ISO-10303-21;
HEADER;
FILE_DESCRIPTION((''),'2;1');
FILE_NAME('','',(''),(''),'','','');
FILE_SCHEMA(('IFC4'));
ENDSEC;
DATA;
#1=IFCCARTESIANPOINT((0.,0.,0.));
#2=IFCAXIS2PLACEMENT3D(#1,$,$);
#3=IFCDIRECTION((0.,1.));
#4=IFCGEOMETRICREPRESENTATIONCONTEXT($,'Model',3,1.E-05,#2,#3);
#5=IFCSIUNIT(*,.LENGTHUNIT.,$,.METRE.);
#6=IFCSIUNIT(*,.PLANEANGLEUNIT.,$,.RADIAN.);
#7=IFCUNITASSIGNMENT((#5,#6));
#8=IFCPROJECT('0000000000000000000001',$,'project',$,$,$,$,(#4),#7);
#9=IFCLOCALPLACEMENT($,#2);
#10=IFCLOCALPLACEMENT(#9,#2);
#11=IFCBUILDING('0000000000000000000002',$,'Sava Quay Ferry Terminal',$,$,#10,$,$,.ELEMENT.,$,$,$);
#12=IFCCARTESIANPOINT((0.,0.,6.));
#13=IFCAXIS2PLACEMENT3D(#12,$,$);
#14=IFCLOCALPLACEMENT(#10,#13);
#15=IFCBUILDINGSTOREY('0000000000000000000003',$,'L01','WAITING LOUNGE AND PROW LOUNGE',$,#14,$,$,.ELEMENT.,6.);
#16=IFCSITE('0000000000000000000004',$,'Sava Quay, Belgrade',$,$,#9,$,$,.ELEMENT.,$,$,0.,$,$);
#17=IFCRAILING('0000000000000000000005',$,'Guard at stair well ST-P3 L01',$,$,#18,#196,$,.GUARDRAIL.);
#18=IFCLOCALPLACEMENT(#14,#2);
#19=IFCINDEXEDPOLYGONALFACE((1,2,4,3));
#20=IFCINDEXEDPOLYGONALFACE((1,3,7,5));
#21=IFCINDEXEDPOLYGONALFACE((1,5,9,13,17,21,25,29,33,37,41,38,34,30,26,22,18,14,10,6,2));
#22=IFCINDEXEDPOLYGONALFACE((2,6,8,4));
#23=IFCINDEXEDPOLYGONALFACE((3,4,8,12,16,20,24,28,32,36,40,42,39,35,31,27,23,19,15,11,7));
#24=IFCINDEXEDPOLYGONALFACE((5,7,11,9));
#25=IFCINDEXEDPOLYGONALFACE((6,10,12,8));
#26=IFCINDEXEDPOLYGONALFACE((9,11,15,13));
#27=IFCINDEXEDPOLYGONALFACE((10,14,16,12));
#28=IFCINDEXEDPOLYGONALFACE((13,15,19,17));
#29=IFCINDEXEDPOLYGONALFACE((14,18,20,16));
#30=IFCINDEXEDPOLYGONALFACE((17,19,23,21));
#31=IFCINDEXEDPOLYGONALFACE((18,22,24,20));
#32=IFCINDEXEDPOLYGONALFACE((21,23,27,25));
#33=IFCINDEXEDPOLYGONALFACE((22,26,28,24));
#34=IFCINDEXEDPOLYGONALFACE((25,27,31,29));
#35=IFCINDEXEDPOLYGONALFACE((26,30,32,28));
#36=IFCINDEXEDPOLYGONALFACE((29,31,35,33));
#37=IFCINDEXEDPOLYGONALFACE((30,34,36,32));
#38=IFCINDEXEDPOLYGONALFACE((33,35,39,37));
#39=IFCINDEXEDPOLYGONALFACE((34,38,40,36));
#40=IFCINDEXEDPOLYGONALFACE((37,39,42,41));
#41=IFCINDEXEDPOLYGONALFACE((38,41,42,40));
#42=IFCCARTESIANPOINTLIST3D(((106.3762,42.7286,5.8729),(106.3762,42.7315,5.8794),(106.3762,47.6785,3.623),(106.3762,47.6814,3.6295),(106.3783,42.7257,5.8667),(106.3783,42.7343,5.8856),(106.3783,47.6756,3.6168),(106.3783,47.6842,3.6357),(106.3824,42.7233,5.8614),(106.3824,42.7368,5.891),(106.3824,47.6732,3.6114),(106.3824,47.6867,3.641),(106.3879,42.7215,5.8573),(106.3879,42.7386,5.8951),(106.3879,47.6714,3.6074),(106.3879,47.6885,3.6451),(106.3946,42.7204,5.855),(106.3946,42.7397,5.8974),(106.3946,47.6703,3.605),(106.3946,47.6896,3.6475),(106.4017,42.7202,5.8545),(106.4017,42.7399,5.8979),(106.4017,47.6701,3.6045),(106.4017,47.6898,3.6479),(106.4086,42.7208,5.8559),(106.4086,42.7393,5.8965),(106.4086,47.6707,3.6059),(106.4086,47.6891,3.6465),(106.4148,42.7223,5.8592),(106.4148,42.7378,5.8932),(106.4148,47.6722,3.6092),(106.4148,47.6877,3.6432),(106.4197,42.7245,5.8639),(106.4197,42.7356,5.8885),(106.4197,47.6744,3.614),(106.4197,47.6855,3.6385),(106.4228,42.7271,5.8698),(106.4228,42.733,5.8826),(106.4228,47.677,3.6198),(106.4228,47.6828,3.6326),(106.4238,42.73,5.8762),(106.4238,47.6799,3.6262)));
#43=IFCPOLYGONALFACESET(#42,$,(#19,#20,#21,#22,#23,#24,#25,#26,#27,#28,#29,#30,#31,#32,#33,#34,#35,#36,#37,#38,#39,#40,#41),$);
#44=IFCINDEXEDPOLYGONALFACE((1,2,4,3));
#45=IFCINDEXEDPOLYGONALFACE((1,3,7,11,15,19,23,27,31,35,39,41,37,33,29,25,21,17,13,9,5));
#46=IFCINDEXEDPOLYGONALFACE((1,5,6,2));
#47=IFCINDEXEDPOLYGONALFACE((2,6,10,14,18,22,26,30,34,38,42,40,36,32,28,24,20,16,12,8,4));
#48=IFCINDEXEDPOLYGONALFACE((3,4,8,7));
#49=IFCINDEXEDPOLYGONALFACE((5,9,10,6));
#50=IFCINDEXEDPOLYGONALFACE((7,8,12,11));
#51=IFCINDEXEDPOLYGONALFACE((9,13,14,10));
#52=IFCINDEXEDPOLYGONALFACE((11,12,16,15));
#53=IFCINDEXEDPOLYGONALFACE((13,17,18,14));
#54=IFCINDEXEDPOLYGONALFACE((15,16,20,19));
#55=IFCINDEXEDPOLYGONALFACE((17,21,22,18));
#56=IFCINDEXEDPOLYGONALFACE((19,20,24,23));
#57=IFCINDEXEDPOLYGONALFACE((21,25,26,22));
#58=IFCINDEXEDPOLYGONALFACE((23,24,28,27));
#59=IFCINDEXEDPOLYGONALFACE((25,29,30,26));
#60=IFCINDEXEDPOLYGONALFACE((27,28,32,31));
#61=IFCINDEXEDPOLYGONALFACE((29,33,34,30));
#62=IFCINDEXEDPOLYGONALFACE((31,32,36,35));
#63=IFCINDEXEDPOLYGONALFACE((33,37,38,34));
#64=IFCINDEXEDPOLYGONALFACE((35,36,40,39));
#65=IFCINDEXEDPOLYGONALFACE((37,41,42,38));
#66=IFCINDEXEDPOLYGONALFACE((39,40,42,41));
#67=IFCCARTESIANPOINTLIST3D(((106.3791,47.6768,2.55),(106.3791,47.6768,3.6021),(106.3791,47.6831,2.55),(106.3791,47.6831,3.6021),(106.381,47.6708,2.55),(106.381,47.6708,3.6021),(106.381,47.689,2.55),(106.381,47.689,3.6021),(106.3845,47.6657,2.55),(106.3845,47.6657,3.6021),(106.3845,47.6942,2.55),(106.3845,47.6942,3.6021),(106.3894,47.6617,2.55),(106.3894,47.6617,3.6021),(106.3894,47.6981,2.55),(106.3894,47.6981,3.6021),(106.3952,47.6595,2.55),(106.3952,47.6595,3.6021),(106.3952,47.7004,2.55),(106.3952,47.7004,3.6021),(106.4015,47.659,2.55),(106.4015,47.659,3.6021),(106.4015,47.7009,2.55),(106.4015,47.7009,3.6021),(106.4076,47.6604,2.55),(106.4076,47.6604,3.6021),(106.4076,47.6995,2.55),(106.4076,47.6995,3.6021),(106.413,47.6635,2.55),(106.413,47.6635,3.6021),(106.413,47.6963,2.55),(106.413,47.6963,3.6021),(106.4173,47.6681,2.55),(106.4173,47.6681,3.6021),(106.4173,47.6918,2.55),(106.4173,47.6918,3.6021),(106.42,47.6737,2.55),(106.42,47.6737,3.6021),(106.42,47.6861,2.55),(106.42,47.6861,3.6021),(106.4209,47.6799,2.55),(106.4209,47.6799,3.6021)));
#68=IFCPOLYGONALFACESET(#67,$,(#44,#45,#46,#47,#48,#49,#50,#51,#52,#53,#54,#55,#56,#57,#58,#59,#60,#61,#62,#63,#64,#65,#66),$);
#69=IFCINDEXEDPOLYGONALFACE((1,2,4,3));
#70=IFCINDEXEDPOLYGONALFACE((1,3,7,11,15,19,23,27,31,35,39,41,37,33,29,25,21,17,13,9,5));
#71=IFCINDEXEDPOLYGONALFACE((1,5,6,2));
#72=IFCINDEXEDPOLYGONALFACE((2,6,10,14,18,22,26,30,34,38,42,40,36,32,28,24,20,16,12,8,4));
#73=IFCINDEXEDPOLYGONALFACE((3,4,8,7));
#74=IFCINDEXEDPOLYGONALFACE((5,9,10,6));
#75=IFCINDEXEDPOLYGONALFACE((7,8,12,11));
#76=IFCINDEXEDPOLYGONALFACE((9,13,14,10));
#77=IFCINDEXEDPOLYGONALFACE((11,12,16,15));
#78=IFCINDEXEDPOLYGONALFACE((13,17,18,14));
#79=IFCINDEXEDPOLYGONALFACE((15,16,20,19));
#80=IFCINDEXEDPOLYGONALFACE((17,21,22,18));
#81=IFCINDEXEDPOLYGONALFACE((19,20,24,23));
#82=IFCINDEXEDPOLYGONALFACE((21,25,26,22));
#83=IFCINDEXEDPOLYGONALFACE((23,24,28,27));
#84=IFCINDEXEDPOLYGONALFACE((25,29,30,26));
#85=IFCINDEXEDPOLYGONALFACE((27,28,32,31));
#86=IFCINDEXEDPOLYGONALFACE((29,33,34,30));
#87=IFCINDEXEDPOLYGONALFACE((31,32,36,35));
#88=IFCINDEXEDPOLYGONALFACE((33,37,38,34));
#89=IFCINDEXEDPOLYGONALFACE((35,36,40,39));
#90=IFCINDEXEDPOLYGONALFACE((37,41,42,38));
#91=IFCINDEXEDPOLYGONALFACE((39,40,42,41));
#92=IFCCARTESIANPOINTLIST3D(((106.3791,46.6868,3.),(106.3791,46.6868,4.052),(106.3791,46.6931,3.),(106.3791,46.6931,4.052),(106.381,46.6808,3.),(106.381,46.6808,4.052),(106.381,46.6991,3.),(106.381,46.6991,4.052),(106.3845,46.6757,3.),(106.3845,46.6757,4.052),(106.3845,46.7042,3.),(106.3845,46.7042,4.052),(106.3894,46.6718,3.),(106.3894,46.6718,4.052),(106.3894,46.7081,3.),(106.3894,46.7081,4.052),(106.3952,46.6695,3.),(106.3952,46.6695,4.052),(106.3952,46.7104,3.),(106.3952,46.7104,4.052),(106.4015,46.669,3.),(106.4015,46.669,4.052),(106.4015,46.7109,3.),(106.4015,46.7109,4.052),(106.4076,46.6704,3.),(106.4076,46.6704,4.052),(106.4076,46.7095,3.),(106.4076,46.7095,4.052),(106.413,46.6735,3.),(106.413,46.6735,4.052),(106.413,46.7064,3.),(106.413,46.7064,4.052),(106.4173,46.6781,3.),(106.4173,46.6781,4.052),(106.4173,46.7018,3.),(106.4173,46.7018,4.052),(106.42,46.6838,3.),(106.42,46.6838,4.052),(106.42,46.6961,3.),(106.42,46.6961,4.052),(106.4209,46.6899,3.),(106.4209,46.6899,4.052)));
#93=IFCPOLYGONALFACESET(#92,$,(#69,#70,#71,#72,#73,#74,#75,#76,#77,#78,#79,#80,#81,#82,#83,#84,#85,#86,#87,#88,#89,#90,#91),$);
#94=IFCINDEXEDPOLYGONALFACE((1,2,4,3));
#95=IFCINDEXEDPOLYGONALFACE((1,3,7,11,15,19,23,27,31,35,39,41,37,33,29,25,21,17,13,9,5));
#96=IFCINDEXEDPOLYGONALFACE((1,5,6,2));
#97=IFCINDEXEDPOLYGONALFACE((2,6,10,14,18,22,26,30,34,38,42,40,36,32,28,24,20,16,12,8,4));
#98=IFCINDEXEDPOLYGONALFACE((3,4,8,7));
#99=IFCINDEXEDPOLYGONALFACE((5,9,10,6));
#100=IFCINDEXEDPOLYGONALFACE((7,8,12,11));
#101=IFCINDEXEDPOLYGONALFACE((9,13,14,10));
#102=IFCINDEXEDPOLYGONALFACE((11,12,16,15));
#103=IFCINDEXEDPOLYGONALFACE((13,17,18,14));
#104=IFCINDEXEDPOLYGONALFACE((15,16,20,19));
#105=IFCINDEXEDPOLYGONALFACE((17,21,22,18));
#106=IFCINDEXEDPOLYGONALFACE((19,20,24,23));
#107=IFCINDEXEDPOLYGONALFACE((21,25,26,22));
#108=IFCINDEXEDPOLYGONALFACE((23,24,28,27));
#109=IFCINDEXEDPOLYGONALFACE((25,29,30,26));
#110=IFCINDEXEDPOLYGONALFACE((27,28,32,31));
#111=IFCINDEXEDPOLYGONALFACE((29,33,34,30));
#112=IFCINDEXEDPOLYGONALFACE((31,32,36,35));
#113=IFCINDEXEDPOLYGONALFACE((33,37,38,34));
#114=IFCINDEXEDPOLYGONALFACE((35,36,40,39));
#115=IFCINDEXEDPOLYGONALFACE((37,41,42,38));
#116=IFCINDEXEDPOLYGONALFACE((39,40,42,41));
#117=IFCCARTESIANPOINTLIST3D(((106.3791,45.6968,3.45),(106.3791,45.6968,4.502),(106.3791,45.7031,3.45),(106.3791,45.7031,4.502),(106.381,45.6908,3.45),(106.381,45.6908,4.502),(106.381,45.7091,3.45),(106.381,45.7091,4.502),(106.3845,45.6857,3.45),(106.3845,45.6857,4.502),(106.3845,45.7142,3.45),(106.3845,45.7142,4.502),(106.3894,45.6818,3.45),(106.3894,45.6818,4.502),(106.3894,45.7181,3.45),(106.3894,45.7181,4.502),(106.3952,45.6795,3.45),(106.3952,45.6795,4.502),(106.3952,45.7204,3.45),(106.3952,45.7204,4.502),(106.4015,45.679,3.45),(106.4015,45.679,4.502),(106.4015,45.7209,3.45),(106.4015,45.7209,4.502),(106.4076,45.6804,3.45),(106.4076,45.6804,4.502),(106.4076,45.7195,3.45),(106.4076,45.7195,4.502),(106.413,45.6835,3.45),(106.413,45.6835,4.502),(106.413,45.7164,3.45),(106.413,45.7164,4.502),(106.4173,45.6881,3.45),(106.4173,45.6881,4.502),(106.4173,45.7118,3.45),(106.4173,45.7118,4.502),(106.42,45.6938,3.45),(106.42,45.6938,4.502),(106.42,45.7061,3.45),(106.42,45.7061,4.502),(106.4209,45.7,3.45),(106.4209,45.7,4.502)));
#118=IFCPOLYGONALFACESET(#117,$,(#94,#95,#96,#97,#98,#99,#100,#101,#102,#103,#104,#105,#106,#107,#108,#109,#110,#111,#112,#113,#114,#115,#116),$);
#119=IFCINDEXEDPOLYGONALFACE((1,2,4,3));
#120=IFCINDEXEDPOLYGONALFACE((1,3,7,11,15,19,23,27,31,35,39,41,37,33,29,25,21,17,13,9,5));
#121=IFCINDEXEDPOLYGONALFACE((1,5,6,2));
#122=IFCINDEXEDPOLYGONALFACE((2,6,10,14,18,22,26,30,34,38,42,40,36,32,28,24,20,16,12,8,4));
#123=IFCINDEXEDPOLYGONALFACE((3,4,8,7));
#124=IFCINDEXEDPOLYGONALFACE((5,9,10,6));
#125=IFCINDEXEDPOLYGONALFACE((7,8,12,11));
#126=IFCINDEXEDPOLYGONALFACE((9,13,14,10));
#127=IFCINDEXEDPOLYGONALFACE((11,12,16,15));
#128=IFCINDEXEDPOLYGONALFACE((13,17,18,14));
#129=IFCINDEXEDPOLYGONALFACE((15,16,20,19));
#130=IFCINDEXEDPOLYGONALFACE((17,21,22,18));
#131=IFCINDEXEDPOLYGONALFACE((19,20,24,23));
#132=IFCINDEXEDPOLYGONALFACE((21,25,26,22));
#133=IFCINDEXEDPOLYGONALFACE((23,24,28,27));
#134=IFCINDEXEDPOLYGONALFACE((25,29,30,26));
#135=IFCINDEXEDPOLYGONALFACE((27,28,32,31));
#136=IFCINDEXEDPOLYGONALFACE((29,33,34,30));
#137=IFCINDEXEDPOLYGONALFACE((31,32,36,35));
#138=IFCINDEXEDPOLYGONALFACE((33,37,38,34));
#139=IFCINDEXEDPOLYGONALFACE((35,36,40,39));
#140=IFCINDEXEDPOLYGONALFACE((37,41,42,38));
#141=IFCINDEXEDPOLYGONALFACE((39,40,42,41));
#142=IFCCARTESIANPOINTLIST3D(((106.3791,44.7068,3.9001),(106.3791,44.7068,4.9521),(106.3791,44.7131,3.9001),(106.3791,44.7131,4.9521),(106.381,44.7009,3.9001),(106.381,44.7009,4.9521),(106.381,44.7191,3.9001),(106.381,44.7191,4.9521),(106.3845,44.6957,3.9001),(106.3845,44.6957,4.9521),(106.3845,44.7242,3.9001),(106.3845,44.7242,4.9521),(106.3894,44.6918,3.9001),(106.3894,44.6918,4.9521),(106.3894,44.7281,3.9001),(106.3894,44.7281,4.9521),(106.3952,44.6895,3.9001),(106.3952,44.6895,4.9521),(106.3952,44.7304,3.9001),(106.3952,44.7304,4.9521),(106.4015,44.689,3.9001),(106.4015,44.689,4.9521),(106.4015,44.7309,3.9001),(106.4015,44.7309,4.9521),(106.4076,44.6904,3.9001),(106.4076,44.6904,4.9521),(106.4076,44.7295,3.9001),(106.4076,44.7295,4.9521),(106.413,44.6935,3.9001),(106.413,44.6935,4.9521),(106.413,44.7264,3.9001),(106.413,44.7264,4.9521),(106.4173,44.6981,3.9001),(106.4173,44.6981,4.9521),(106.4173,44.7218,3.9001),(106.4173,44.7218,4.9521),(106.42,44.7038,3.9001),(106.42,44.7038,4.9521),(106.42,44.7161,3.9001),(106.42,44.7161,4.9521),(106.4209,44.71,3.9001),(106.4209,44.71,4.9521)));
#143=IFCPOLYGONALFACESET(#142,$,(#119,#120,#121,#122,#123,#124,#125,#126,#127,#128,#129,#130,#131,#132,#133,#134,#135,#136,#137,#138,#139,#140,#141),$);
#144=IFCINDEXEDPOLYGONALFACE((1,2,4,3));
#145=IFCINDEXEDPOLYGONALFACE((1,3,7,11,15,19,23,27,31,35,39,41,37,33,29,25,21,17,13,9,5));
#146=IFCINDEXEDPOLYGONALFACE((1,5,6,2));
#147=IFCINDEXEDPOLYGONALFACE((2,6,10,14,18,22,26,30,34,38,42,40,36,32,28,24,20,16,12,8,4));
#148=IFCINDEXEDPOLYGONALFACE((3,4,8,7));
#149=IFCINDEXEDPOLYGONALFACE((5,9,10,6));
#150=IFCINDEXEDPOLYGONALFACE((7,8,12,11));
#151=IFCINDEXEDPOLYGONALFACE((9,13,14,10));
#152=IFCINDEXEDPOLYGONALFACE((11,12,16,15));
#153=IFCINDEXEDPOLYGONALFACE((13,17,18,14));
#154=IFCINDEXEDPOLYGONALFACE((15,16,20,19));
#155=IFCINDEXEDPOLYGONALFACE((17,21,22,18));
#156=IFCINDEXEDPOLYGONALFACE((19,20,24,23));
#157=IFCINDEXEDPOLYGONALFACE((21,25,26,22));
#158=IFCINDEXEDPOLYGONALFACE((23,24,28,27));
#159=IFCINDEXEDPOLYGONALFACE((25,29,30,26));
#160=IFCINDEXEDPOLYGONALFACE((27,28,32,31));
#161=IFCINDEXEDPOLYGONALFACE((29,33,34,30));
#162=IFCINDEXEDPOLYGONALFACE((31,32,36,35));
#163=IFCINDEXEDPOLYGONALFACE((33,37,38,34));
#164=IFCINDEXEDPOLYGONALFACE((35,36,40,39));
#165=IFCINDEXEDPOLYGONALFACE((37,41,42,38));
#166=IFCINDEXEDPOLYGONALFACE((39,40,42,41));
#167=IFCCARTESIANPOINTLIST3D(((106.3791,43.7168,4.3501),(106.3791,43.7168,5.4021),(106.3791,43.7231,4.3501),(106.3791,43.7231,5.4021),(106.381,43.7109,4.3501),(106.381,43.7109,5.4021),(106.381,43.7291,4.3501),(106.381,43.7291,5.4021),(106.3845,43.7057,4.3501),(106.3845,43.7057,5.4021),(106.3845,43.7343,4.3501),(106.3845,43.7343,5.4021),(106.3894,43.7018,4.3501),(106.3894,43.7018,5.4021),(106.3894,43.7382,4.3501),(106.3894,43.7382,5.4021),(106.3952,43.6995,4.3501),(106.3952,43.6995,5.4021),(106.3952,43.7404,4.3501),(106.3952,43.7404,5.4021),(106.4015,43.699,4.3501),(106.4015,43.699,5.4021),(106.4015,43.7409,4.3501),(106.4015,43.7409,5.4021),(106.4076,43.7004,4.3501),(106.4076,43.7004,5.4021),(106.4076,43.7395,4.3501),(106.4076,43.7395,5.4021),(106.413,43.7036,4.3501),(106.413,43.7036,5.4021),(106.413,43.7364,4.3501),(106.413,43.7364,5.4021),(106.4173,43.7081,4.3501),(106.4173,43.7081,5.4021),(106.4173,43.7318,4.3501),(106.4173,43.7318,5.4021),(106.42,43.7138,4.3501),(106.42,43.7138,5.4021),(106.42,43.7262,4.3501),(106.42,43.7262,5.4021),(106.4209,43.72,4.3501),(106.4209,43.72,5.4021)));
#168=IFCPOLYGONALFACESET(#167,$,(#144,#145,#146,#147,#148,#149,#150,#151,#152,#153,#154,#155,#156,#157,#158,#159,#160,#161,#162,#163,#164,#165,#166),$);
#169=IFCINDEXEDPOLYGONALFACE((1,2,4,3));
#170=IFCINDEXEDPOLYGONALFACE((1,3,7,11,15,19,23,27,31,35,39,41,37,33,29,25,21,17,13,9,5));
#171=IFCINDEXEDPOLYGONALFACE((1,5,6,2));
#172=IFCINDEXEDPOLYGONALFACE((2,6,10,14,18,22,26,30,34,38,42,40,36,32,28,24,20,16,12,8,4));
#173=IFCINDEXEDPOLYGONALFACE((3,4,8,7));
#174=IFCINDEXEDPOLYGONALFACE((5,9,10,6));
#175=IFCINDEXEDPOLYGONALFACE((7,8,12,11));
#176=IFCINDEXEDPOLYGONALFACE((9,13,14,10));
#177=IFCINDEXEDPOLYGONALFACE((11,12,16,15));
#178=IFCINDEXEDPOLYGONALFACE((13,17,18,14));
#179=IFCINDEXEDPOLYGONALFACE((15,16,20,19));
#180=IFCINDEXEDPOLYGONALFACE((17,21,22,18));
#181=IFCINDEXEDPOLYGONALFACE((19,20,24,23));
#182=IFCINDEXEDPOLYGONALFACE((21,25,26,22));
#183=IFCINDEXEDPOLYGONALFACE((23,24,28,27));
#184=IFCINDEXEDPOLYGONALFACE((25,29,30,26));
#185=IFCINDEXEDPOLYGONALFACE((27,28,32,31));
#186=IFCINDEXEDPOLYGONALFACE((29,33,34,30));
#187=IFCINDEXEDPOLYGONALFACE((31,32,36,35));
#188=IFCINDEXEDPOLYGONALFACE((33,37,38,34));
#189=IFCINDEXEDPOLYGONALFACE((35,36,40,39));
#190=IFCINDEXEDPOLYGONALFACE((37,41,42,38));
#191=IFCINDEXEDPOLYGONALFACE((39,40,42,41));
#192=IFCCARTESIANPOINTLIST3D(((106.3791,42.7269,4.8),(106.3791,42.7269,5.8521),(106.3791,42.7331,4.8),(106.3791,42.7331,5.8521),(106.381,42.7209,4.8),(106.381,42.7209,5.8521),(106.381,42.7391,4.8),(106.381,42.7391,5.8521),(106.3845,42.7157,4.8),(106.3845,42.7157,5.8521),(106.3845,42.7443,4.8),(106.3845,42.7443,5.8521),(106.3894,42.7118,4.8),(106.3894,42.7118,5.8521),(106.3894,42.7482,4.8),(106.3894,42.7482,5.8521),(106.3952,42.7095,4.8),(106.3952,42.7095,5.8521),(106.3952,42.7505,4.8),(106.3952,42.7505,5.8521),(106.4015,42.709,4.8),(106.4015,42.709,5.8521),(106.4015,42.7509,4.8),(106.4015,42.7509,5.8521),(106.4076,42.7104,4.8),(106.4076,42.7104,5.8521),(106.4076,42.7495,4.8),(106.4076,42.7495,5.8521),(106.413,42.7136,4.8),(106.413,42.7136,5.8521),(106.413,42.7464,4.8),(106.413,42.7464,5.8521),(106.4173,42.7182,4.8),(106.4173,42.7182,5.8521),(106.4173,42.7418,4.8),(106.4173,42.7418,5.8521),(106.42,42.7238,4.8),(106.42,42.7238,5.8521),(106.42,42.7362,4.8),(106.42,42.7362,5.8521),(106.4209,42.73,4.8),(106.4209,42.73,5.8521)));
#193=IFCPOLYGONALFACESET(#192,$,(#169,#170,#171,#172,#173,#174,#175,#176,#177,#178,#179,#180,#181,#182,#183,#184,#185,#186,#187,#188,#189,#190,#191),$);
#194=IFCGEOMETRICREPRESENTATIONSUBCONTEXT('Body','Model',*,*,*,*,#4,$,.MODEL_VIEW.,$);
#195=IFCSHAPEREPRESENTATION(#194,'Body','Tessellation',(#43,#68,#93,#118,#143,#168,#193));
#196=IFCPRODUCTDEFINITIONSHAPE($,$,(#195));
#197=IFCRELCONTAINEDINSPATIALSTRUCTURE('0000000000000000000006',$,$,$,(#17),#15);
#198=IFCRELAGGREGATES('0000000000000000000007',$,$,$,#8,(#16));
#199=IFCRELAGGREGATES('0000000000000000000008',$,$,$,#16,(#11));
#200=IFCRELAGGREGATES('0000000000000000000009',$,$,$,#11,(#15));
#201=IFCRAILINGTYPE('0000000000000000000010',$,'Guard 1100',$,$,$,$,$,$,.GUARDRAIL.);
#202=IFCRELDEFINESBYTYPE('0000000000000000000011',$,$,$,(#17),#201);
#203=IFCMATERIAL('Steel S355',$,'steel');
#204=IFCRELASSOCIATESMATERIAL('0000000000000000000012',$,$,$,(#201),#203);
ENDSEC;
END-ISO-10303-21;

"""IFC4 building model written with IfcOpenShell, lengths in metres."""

from ifc_helpers import new_model, si_unit, direction, frame, origin, origin_2d, place, context, subcontext, project, spatial, circle, extrude, material, type_object, element, save


model = new_model("IFC4")

# Units and contexts
model_context = context("Model", 3, precision=1e-05, world=origin(), true_north=direction((0.0, 1.0)))
body_context = subcontext(model_context, "Body", "Model", "MODEL_VIEW")
ifc_project = project(units=[si_unit("LENGTHUNIT", "METRE"), si_unit("PLANEANGLEUNIT", "RADIAN")], contexts=[model_context])

# Site, building, storey
site_placement = place(None, origin())
site = spatial("IfcSite", under=ifc_project, at=site_placement, Name="Sava Quay, Belgrade", CompositionType="ELEMENT", RefElevation=0.0)
building_placement = place(site_placement, origin())
building = spatial("IfcBuilding", under=site, at=building_placement, Name="Sava Quay Ferry Terminal", CompositionType="ELEMENT")
storey_placement = place(building_placement, frame((0.0, 0.0, 6.0)))
storey = spatial("IfcBuildingStorey", under=building, at=storey_placement, Name="L01", Description="WAITING LOUNGE AND PROW LOUNGE", CompositionType="ELEMENT", Elevation=6.0)

# Railing
ifc_material_1 = material(Name="Steel S355", Category="steel")
railing_type_1 = type_object("IfcRailingType", Name="Guard 1100", PredefinedType="GUARDRAIL", material=ifc_material_1)
railing_1_placement = place(storey_placement, frame((106.3999, 47.6799, 2.55)))
element("IfcRailing", 1, at=railing_1_placement, inside=storey, type_object=railing_type_1, Name="Guard at stair well ST-P3 L01", PredefinedType="GUARDRAIL", context=body_context, shape_type="SweptSolid", body=[
    extrude(circle(Radius=0.0239, at=origin_2d()), frame((0.0, 0.0, 1.0762), z_axis=(0.0, -0.910365, 0.413806), x_axis=(1.0, 0.0, 0.0)), (0.0, 0.0, 1.0), 5.4373),
    extrude(circle(Radius=0.021, at=origin_2d()), origin(), (0.0, 0.0, 1.0), 1.052),
    extrude(circle(Radius=0.021, at=origin_2d()), frame((0.0, -0.99, 0.45)), (0.0, 0.0, 1.0), 1.052),
    extrude(circle(Radius=0.021, at=origin_2d()), frame((0.0, -1.98, 0.8999)), (0.0, 0.0, 1.0), 1.052),
    extrude(circle(Radius=0.021, at=origin_2d()), frame((0.0, -2.97, 1.3501)), (0.0, 0.0, 1.0), 1.052),
    extrude(circle(Radius=0.021, at=origin_2d()), frame((0.0, -3.96, 1.8)), (0.0, 0.0, 1.0), 1.052),
    extrude(circle(Radius=0.021, at=origin_2d()), frame((0.0, -4.95, 2.25)), (0.0, 0.0, 1.0), 1.052),
])

save(model, "model.ifc")
